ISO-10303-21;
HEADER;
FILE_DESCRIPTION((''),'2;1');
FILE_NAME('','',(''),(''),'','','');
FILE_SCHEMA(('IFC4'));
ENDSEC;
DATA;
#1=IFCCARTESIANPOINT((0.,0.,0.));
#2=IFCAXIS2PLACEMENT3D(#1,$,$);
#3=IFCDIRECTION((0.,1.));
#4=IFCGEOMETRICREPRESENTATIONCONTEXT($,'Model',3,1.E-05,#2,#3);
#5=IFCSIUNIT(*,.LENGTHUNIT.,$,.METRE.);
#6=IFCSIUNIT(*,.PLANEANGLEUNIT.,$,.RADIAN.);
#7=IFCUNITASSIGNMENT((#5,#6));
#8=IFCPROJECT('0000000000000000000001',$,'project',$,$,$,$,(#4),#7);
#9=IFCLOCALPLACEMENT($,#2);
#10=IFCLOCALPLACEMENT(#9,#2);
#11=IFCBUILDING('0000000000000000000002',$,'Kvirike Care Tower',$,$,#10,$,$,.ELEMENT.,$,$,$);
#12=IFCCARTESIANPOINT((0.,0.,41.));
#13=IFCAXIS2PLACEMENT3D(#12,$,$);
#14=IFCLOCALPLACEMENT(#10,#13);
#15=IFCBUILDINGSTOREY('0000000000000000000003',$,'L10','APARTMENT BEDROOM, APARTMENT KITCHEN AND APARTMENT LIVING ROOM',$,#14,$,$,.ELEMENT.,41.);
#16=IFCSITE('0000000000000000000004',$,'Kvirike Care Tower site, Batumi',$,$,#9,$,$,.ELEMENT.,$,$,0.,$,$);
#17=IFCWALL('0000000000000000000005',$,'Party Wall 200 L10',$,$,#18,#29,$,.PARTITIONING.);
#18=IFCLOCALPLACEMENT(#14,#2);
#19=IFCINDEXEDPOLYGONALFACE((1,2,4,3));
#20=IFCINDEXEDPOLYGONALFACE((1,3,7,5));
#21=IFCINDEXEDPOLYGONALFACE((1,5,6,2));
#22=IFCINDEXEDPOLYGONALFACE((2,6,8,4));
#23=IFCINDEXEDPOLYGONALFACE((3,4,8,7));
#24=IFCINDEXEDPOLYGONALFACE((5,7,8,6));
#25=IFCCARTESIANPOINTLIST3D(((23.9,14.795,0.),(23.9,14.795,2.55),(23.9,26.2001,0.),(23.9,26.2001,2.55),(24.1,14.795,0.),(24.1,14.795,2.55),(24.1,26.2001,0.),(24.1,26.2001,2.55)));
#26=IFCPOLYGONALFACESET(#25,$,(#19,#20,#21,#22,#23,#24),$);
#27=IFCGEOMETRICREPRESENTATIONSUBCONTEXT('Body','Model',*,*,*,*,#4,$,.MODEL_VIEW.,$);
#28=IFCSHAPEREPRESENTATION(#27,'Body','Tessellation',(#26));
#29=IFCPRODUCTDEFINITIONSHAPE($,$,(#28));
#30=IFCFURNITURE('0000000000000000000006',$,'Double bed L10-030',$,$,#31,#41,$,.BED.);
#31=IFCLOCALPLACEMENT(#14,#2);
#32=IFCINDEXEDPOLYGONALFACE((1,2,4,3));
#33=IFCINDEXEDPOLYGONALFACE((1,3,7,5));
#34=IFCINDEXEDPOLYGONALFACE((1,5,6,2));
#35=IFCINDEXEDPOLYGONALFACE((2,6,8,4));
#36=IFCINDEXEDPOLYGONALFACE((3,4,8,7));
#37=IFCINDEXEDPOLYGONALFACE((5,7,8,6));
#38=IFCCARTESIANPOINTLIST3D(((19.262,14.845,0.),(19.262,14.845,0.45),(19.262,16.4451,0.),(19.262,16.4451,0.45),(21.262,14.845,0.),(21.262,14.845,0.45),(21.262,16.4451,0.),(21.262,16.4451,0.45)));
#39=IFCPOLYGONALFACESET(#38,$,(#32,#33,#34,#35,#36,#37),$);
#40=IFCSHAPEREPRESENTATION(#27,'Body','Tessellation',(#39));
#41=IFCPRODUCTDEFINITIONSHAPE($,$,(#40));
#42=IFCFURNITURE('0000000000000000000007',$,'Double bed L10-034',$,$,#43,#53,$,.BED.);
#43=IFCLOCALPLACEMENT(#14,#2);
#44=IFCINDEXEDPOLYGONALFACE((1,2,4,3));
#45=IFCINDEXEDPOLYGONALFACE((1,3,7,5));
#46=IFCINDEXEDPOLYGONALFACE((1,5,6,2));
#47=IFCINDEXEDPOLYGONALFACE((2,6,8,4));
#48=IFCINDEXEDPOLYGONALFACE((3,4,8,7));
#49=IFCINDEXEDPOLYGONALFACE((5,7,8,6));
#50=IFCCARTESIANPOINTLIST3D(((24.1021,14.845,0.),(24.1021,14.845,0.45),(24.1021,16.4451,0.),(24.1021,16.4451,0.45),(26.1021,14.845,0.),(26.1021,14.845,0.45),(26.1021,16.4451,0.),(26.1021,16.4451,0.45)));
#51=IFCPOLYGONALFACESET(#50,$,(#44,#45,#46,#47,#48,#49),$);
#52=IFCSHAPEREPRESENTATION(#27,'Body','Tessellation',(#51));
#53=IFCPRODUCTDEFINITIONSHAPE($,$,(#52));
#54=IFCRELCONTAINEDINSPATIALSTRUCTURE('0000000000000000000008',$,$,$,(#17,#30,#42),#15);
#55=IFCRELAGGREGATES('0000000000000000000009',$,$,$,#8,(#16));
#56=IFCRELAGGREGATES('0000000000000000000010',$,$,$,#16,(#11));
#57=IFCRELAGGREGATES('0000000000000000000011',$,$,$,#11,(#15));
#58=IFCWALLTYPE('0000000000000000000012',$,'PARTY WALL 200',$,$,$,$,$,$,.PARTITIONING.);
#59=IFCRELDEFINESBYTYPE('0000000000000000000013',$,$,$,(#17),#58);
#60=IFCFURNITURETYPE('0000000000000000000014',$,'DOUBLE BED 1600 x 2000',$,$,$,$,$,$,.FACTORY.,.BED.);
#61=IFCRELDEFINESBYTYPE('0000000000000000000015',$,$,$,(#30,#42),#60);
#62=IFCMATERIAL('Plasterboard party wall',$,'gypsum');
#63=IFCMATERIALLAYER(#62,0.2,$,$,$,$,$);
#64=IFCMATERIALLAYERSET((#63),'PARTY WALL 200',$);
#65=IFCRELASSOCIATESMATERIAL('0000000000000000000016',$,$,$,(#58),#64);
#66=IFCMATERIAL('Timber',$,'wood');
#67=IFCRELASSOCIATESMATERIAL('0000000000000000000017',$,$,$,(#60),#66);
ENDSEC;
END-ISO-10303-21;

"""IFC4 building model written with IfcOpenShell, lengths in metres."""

from ifc_helpers import new_model, si_unit, direction, frame, frame_2d, origin, origin_2d, place, context, subcontext, project, spatial, rectangle, extrude, material, layer, layer_set, type_object, element, save


model = new_model("IFC4")

# Units and contexts
model_context = context("Model", 3, precision=1e-05, world=origin(), true_north=direction((0.0, 1.0)))
body_context = subcontext(model_context, "Body", "Model", "MODEL_VIEW")
ifc_project = project(units=[si_unit("LENGTHUNIT", "METRE"), si_unit("PLANEANGLEUNIT", "RADIAN")], contexts=[model_context])

# Site, building, storey
site_placement = place(None, origin())
site = spatial("IfcSite", under=ifc_project, at=site_placement, Name="Kvirike Care Tower site, Batumi", CompositionType="ELEMENT", RefElevation=0.0)
building_placement = place(site_placement, origin())
building = spatial("IfcBuilding", under=site, at=building_placement, Name="Kvirike Care Tower", CompositionType="ELEMENT")
storey_placement = place(building_placement, frame((0.0, 0.0, 41.0)))
storey = spatial("IfcBuildingStorey", under=building, at=storey_placement, Name="L10", Description="APARTMENT BEDROOM, APARTMENT KITCHEN AND APARTMENT LIVING ROOM", CompositionType="ELEMENT", Elevation=41.0)

# Wall
ifc_material_1 = material(Name="Plasterboard party wall", Category="gypsum")
ifc_layer_1 = layer(ifc_material_1, 0.2)
ifc_layer_set_1 = layer_set([ifc_layer_1], Name="PARTY WALL 200")
wall_type_1 = type_object("IfcWallType", Name="PARTY WALL 200", PredefinedType="PARTITIONING", material=ifc_layer_set_1)
wall_1_placement = place(storey_placement, frame((24.0, 14.7949, 0.0), z_axis=(0.0, 0.0, 1.0), x_axis=(0.0, 1.0, 0.0)))
element("IfcWall", 1, at=wall_1_placement, inside=storey, type_object=wall_type_1, Name="Party Wall 200 L10", PredefinedType="PARTITIONING", context=body_context, shape_type="SweptSolid", body=[
    extrude(rectangle(XDim=11.405, YDim=0.2, at=frame_2d((5.7026, 0.0))), origin(), (0.0, 0.0, 1.0), 2.55),
])

# Furniture
ifc_material_2 = material(Name="Timber", Category="wood")
furniture_type = type_object("IfcFurnitureType", Name="DOUBLE BED 1600 x 2000", AssemblyPlace="FACTORY", PredefinedType="BED", material=ifc_material_2)
for number, where, z_axis, x_axis, name in (
    (2, (20.262, 15.645, 0.0), (0.0, 0.0, 1.0), (0.0, 1.0, 0.0), "Double bed L10-030"),
    (3, (25.1021, 15.645, 0.0), (0.0, 0.0, 1.0), (0.0, 1.0, 0.0), "Double bed L10-034"),
):
    element("IfcFurniture", number, at=place(storey_placement, frame(where, z_axis=z_axis, x_axis=x_axis)), inside=storey, type_object=furniture_type, Name=name, PredefinedType="BED", context=body_context, shape_type="SweptSolid", body=[
        extrude(rectangle(XDim=1.6001, YDim=2.0, at=origin_2d()), origin(), (0.0, 0.0, 1.0), 0.45),
    ])

save(model, "model.ifc")
